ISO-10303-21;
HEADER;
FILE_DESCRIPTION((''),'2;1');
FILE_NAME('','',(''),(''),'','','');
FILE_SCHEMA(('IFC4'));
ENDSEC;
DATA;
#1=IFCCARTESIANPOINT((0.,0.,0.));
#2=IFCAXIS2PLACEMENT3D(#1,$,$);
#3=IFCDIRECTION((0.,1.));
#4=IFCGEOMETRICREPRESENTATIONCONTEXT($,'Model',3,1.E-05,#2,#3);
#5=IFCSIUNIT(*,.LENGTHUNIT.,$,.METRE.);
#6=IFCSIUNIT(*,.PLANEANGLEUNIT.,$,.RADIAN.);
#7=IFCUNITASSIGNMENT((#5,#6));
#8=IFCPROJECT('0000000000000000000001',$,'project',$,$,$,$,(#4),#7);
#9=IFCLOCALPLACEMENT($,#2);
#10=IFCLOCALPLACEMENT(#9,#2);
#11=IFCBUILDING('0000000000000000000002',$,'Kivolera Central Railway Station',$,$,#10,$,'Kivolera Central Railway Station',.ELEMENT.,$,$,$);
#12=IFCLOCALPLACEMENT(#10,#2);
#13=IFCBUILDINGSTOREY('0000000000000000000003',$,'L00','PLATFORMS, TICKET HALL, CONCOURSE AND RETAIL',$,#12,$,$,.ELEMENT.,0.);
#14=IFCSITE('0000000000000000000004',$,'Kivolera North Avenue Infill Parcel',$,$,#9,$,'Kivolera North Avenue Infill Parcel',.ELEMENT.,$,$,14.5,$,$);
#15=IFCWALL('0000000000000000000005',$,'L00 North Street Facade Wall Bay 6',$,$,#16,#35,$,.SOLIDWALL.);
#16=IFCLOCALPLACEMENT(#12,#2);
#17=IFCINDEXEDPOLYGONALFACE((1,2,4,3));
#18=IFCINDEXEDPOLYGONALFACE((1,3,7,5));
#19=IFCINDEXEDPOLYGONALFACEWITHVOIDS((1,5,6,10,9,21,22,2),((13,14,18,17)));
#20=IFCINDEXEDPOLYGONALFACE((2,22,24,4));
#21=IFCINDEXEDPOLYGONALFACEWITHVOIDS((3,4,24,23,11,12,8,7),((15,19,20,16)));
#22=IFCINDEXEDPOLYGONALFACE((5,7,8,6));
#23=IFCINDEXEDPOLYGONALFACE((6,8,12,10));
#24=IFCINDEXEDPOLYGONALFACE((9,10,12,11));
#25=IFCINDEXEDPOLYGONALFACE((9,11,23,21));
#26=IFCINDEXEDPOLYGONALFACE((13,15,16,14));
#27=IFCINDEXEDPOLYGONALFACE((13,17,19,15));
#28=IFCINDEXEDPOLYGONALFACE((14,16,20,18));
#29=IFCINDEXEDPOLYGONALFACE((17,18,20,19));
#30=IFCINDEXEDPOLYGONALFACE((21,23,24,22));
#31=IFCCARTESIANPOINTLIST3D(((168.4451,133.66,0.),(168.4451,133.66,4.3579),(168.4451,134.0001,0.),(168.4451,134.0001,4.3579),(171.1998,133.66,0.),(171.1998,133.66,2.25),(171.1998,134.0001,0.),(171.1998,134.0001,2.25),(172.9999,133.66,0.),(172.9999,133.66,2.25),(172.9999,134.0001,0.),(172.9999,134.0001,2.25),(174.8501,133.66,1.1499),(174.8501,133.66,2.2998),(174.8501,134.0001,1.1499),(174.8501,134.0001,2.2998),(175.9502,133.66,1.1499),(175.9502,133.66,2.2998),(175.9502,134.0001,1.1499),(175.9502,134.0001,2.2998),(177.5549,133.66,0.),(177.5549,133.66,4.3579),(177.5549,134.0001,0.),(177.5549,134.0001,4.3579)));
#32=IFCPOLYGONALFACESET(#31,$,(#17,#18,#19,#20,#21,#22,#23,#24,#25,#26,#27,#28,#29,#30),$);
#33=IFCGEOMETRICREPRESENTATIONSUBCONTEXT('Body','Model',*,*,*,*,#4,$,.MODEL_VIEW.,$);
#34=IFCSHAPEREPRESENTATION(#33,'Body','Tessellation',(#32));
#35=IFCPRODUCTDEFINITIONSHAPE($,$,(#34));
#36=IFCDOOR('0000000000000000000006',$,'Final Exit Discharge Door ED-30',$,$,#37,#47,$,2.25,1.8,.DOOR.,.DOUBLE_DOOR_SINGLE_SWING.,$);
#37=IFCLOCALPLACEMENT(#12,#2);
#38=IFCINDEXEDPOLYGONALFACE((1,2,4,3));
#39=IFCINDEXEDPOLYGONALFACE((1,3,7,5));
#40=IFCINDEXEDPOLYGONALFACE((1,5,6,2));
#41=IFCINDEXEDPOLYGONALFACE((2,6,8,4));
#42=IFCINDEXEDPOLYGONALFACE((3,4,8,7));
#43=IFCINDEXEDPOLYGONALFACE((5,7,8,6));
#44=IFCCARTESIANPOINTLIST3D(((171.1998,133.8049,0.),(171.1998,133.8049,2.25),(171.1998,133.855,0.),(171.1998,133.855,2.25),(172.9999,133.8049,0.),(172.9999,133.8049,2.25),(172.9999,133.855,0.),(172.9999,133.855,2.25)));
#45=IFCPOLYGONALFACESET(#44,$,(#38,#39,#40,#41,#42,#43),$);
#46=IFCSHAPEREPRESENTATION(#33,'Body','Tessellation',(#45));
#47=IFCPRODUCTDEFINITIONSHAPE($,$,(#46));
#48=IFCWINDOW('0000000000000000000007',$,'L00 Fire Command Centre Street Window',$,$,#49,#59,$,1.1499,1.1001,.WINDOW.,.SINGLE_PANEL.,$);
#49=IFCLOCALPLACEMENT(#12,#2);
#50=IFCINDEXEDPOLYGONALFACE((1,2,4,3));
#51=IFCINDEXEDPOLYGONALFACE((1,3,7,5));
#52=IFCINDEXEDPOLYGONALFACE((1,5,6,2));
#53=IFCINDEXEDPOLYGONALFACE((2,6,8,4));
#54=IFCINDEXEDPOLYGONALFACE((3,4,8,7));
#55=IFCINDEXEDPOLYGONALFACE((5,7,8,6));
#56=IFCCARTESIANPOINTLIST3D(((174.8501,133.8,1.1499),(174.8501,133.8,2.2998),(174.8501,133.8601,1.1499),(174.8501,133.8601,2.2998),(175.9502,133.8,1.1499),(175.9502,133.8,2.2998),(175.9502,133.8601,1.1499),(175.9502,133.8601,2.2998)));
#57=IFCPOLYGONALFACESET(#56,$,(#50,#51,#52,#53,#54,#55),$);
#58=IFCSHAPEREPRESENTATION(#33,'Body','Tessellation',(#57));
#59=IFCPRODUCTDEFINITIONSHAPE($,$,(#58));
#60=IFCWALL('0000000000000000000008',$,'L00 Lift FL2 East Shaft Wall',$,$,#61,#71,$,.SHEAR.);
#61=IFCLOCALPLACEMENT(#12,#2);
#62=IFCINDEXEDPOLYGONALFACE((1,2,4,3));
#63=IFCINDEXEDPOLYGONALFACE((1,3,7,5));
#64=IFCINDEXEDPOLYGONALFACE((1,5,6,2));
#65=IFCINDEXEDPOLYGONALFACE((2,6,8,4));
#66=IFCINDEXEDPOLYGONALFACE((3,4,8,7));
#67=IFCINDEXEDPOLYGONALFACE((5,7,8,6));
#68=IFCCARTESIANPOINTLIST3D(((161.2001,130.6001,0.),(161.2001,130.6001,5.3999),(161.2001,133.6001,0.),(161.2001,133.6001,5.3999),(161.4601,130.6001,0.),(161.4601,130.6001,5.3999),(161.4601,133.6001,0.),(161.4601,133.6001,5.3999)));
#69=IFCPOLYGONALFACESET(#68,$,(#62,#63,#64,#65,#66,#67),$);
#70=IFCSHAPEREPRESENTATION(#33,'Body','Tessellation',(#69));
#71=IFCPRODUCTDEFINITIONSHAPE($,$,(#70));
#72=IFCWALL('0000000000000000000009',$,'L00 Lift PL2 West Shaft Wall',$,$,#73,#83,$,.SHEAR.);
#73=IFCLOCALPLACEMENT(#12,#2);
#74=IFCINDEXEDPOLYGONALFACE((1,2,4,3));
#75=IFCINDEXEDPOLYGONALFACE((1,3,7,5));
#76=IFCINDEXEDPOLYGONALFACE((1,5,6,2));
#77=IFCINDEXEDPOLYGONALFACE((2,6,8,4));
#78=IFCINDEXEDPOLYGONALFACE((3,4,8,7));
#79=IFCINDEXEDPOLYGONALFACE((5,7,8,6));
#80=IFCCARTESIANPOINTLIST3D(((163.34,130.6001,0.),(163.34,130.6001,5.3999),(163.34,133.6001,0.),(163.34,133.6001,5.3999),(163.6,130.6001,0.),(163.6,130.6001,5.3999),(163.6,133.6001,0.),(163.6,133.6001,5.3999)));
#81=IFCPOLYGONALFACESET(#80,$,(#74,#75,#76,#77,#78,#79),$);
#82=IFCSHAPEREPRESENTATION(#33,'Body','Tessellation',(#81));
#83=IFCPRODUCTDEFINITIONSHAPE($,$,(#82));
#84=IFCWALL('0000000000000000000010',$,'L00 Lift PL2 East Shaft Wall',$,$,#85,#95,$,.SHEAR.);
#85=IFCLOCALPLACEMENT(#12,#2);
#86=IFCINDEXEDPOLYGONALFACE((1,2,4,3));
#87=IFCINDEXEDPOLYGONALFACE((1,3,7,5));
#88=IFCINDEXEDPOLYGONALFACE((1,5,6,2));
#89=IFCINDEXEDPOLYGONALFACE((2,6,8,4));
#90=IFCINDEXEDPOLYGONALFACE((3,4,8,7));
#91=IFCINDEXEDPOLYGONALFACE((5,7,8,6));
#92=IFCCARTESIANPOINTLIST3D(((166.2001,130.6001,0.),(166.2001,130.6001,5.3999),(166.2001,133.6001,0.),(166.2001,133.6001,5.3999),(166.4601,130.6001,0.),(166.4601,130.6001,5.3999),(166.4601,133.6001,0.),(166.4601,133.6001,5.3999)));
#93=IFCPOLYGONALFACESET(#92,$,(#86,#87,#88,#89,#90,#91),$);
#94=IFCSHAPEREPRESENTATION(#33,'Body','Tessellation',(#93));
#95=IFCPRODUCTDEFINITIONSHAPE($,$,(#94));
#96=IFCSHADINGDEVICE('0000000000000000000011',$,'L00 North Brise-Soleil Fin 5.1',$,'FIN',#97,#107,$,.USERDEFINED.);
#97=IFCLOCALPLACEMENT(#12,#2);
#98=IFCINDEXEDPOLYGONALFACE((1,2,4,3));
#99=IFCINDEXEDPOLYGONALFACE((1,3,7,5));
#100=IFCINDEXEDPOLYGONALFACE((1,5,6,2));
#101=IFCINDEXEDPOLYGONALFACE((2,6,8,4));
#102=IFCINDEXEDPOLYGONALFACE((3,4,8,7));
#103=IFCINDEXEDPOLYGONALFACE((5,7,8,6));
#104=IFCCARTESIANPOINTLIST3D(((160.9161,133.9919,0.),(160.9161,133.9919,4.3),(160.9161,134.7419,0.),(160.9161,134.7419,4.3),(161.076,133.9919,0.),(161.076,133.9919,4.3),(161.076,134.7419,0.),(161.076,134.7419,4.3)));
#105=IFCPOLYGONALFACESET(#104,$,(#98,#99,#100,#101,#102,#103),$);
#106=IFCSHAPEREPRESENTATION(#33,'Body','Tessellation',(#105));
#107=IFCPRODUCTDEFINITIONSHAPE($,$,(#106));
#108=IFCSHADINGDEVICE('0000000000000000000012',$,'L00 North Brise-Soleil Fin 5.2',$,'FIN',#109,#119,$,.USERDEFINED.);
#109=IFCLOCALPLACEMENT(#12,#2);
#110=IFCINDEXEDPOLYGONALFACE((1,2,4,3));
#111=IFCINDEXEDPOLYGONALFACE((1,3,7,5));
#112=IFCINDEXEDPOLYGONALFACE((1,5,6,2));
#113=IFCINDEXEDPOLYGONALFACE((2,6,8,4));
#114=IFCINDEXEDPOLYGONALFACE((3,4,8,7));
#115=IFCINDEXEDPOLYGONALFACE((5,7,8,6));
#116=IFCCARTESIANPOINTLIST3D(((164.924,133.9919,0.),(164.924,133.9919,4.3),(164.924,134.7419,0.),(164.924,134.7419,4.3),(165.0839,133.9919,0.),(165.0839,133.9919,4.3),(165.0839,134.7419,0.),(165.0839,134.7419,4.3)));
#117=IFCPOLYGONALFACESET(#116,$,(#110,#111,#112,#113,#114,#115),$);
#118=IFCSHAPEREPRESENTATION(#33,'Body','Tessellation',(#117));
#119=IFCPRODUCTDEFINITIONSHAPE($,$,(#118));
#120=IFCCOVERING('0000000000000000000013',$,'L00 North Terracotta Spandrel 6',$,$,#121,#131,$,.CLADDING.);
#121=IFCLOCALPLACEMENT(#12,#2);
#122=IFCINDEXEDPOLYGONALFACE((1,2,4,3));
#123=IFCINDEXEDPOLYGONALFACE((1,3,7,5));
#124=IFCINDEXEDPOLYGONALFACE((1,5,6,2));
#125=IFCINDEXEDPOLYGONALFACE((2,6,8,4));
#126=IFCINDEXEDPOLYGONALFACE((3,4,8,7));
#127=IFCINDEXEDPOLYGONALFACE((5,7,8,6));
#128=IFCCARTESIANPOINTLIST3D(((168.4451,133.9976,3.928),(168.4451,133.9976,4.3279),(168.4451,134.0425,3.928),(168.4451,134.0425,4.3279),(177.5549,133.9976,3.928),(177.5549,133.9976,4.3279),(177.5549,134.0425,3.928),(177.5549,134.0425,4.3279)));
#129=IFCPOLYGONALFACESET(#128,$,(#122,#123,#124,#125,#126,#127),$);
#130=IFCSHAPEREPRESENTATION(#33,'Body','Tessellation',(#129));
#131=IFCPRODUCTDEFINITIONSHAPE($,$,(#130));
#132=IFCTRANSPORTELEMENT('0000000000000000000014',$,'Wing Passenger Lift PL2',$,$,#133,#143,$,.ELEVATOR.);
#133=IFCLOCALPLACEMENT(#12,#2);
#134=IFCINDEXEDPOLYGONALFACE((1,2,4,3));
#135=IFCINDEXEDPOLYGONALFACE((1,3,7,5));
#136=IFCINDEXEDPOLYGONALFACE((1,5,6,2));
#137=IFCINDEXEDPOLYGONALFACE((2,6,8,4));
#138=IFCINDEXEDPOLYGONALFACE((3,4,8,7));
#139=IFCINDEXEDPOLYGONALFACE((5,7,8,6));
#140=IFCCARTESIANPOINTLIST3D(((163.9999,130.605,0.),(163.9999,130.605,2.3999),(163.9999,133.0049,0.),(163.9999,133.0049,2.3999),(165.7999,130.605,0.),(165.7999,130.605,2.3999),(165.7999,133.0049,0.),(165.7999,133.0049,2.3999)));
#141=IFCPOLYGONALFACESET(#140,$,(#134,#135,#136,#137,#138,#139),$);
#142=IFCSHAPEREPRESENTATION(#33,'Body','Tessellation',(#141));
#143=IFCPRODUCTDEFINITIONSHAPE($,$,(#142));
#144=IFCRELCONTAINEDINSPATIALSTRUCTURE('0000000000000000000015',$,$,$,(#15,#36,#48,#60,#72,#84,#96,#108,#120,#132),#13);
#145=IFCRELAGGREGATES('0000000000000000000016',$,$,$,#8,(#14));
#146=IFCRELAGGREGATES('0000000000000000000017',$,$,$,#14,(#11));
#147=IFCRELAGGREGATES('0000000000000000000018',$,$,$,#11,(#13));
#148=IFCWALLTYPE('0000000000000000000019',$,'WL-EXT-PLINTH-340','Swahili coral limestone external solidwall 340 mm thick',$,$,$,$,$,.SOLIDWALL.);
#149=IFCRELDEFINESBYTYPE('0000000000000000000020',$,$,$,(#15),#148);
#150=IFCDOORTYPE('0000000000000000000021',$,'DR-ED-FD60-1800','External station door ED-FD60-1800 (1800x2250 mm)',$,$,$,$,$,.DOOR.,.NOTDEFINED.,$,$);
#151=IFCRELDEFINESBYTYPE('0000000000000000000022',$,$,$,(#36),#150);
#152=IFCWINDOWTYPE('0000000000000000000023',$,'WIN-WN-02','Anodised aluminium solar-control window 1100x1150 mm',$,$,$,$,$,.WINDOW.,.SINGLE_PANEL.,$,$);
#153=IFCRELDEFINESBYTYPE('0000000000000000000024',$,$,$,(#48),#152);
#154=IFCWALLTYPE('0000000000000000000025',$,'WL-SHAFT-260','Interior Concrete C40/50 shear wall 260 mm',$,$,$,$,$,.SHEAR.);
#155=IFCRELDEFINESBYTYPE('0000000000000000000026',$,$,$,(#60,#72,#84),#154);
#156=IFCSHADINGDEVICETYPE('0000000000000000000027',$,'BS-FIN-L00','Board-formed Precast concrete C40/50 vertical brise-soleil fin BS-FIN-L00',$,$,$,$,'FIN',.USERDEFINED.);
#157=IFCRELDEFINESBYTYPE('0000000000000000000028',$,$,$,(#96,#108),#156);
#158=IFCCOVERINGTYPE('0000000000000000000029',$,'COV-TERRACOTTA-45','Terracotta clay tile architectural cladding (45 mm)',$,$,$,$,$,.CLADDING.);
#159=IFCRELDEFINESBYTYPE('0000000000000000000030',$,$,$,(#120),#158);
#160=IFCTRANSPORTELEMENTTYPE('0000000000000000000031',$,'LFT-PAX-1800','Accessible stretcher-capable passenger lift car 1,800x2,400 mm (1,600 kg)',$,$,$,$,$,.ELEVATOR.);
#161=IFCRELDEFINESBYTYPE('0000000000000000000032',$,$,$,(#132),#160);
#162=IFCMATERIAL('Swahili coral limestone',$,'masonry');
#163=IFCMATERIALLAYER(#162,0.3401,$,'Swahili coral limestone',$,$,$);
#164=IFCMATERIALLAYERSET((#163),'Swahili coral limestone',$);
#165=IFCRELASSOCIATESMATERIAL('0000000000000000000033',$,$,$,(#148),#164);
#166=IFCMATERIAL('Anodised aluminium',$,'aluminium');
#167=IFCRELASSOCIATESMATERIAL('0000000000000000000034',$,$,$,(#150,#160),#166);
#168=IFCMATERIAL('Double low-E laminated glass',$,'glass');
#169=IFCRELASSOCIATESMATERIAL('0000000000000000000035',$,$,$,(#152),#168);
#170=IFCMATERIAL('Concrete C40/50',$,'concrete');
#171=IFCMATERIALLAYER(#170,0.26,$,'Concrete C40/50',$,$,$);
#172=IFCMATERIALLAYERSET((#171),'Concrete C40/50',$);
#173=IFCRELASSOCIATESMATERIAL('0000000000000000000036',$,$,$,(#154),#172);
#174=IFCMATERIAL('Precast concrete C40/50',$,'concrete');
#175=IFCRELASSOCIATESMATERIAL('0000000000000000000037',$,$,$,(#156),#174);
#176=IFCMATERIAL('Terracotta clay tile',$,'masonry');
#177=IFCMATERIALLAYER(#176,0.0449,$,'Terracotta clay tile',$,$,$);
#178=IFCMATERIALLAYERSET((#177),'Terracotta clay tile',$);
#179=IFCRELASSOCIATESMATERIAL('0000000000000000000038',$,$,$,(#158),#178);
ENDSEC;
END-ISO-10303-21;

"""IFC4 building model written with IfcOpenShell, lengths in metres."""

from ifc_helpers import new_model, si_unit, direction, frame, frame_2d, origin, origin_2d, place, context, subcontext, project, spatial, rectangle, extrude, material, layer, layer_set, type_object, element, fill, save


model = new_model("IFC4")

# Units and contexts
model_context = context("Model", 3, precision=1e-05, world=origin(), true_north=direction((0.0, 1.0)))
body_context = subcontext(model_context, "Body", "Model", "MODEL_VIEW")
ifc_project = project(units=[si_unit("LENGTHUNIT", "METRE"), si_unit("PLANEANGLEUNIT", "RADIAN")], contexts=[model_context])

# Site, building, storey
site_placement = place(None, origin())
site = spatial("IfcSite", under=ifc_project, at=site_placement, Name="Kivolera North Avenue Infill Parcel", LongName="Kivolera North Avenue Infill Parcel", CompositionType="ELEMENT", RefElevation=14.5)
building_placement = place(site_placement, origin())
building = spatial("IfcBuilding", under=site, at=building_placement, Name="Kivolera Central Railway Station", LongName="Kivolera Central Railway Station", CompositionType="ELEMENT")
storey_placement = place(building_placement, origin())
storey = spatial("IfcBuildingStorey", under=building, at=storey_placement, Name="L00", Description="PLATFORMS, TICKET HALL, CONCOURSE AND RETAIL", CompositionType="ELEMENT", Elevation=0.0)

# Shared definitions
ifc_material_1 = material(Name="Concrete C40/50", Category="concrete")

# Wall, openings, door, window
ifc_material_2 = material(Name="Swahili coral limestone", Category="masonry")
ifc_layer_1 = layer(ifc_material_2, 0.3401, Name="Swahili coral limestone")
ifc_layer_set_1 = layer_set([ifc_layer_1], Name="Swahili coral limestone")
wall_type_1 = type_object("IfcWallType", Name="WL-EXT-PLINTH-340", Description="Swahili coral limestone external solidwall 340 mm thick", PredefinedType="SOLIDWALL", material=ifc_layer_set_1)
wall_1_placement = place(storey_placement, frame((168.4451, 133.8301, 0.0), z_axis=(0.0, 0.0, 1.0), x_axis=(1.0, 0.0, 0.0)))
wall_1 = element("IfcWall", 1, at=wall_1_placement, inside=storey, type_object=wall_type_1, Name="L00 North Street Facade Wall Bay 6", PredefinedType="SOLIDWALL", context=body_context, shape_type="SweptSolid", body=[
    extrude(rectangle(XDim=9.1099, YDim=0.3401, at=frame_2d((4.5549, 0.0))), origin(), (0.0, 0.0, 1.0), 4.3579),
])
opening_1_placement = place(wall_1_placement, frame((2.7549, 0.0, 0.0)))
opening_1 = element("IfcOpeningElement", 2, at=opening_1_placement, cuts=wall_1, PredefinedType="OPENING", context=body_context, shape_type="SweptSolid", body=[
    extrude(rectangle(XDim=1.8, YDim=2.25, at=frame_2d((0.8999, 1.125))), frame((0.0, 0.1799, 0.0), z_axis=(0.0, -1.0, 0.0), x_axis=(1.0, 0.0, 0.0)), (0.0, 0.0, 1.0), 0.3601),
])
opening_2_placement = place(wall_1_placement, frame((6.405, 0.0, 1.1499)))
opening_2 = element("IfcOpeningElement", 3, at=opening_2_placement, cuts=wall_1, PredefinedType="OPENING", context=body_context, shape_type="SweptSolid", body=[
    extrude(rectangle(XDim=1.1001, YDim=1.1499, at=frame_2d((0.55, 0.575))), frame((0.0, 0.1799, 0.0), z_axis=(0.0, -1.0, 0.0), x_axis=(1.0, 0.0, 0.0)), (0.0, 0.0, 1.0), 0.3601),
])
ifc_material_3 = material(Name="Anodised aluminium", Category="aluminium")
door_type_1 = type_object("IfcDoorType", Name="DR-ED-FD60-1800", Description="External station door ED-FD60-1800 (1800x2250 mm)", OperationType="NOTDEFINED", PredefinedType="DOOR", material=ifc_material_3)
door_1_placement = place(opening_1_placement, origin())
door_1 = element("IfcDoor", 4, at=door_1_placement, inside=storey, type_object=door_type_1, Name="Final Exit Discharge Door ED-30", OperationType="DOUBLE_DOOR_SINGLE_SWING", OverallHeight=2.25, OverallWidth=1.8, PredefinedType="DOOR", context=body_context, shape_type="SweptSolid", body=[
    extrude(rectangle(XDim=1.8, YDim=2.25, at=frame_2d((0.8999, 1.125))), frame((0.0, 0.0249, 0.0), z_axis=(0.0, -1.0, 0.0), x_axis=(1.0, 0.0, 0.0)), (0.0, 0.0, 1.0), 0.05),
])
fill(opening_1, door_1)
ifc_material_4 = material(Name="Double low-E laminated glass", Category="glass")
window_type = type_object("IfcWindowType", Name="WIN-WN-02", Description="Anodised aluminium solar-control window 1100x1150 mm", PartitioningType="SINGLE_PANEL", PredefinedType="WINDOW", material=ifc_material_4)
window_placement = place(opening_2_placement, origin())
window = element("IfcWindow", 5, at=window_placement, inside=storey, type_object=window_type, Name="L00 Fire Command Centre Street Window", OverallHeight=1.1499, OverallWidth=1.1001, PartitioningType="SINGLE_PANEL", PredefinedType="WINDOW", context=body_context, shape_type="SweptSolid", body=[
    extrude(rectangle(XDim=1.1001, YDim=1.1499, at=frame_2d((0.55, 0.575))), frame((0.0, 0.03, 0.0), z_axis=(0.0, -1.0, 0.0), x_axis=(1.0, 0.0, 0.0)), (0.0, 0.0, 1.0), 0.0601),
])
fill(opening_2, window)

# Wall
ifc_layer_2 = layer(ifc_material_1, 0.26, Name="Concrete C40/50")
ifc_layer_set_2 = layer_set([ifc_layer_2], Name="Concrete C40/50")
wall_type_2 = type_object("IfcWallType", Name="WL-SHAFT-260", Description="Interior Concrete C40/50 shear wall 260 mm", PredefinedType="SHEAR", material=ifc_layer_set_2)
wall_2_placement = place(storey_placement, frame((161.3301, 130.6001, 0.0), z_axis=(0.0, 0.0, 1.0), x_axis=(0.0, 1.0, 0.0)))
element("IfcWall", 6, at=wall_2_placement, inside=storey, type_object=wall_type_2, Name="L00 Lift FL2 East Shaft Wall", PredefinedType="SHEAR", context=body_context, shape_type="SweptSolid", body=[
    extrude(rectangle(XDim=3.0, YDim=0.26, at=frame_2d((1.5, 0.0))), origin(), (0.0, 0.0, 1.0), 5.3999),
])

# Walls
for number, where, z_axis, x_axis, name in (
    (7, (163.47, 130.6001, 0.0), (0.0, 0.0, 1.0), (0.0, 1.0, 0.0), "L00 Lift PL2 West Shaft Wall"),
    (8, (166.3301, 130.6001, 0.0), (0.0, 0.0, 1.0), (0.0, 1.0, 0.0), "L00 Lift PL2 East Shaft Wall"),
):
    element("IfcWall", number, at=place(storey_placement, frame(where, z_axis=z_axis, x_axis=x_axis)), inside=storey, type_object=wall_type_2, Name=name, PredefinedType="SHEAR", context=body_context, shape_type="SweptSolid", body=[
        extrude(rectangle(XDim=3.0, YDim=0.26, at=frame_2d((1.5, 0.0))), origin(), (0.0, 0.0, 1.0), 5.3999),
    ])

# Shading devices
ifc_material_5 = material(Name="Precast concrete C40/50", Category="concrete")
shading_device_type = type_object("IfcShadingDeviceType", Name="BS-FIN-L00", Description="Board-formed Precast concrete C40/50 vertical brise-soleil fin BS-FIN-L00", ElementType="FIN", PredefinedType="USERDEFINED", material=ifc_material_5)
for number, where, z_axis, x_axis, name in (
    (9, (160.9961, 134.3669, 0.0), (0.0, 0.0, 1.0), (1.0, 0.0, 0.0), "L00 North Brise-Soleil Fin 5.1"),
    (10, (165.0039, 134.3669, 0.0), (0.0, 0.0, 1.0), (1.0, 0.0, 0.0), "L00 North Brise-Soleil Fin 5.2"),
):
    element("IfcShadingDevice", number, at=place(storey_placement, frame(where, z_axis=z_axis, x_axis=x_axis)), inside=storey, type_object=shading_device_type, Name=name, ObjectType="FIN", PredefinedType="USERDEFINED", context=body_context, shape_type="SweptSolid", body=[
        extrude(rectangle(XDim=0.1599, YDim=0.75, at=origin_2d()), origin(), (0.0, 0.0, 1.0), 4.3),
    ])

# Covering
ifc_material_6 = material(Name="Terracotta clay tile", Category="masonry")
ifc_layer_3 = layer(ifc_material_6, 0.0449, Name="Terracotta clay tile")
ifc_layer_set_3 = layer_set([ifc_layer_3], Name="Terracotta clay tile")
covering_type = type_object("IfcCoveringType", Name="COV-TERRACOTTA-45", Description="Terracotta clay tile architectural cladding (45 mm)", PredefinedType="CLADDING", material=ifc_layer_set_3)
covering_placement = place(storey_placement, frame((168.4451, 134.02, 3.928), z_axis=(0.0, 0.0, 1.0), x_axis=(1.0, 0.0, 0.0)))
element("IfcCovering", 11, at=covering_placement, inside=storey, type_object=covering_type, Name="L00 North Terracotta Spandrel 6", PredefinedType="CLADDING", context=body_context, shape_type="SweptSolid", body=[
    extrude(rectangle(XDim=9.1099, YDim=0.0449, at=frame_2d((4.5549, 0.0))), origin(), (0.0, 0.0, 1.0), 0.3999),
])

# Transport element
transport_element_type = type_object("IfcTransportElementType", Name="LFT-PAX-1800", Description="Accessible stretcher-capable passenger lift car 1,800x2,400 mm (1,600 kg)", PredefinedType="ELEVATOR", material=ifc_material_3)
transport_element_placement = place(storey_placement, frame((164.8999, 131.8049, 0.0), z_axis=(0.0, 0.0, 1.0), x_axis=(1.0, 0.0, 0.0)))
element("IfcTransportElement", 12, at=transport_element_placement, inside=storey, type_object=transport_element_type, Name="Wing Passenger Lift PL2", PredefinedType="ELEVATOR", context=body_context, shape_type="SweptSolid", body=[
    extrude(rectangle(XDim=1.8, YDim=2.3999, at=origin_2d()), origin(), (0.0, 0.0, 1.0), 2.3999),
])

save(model, "model.ifc")
